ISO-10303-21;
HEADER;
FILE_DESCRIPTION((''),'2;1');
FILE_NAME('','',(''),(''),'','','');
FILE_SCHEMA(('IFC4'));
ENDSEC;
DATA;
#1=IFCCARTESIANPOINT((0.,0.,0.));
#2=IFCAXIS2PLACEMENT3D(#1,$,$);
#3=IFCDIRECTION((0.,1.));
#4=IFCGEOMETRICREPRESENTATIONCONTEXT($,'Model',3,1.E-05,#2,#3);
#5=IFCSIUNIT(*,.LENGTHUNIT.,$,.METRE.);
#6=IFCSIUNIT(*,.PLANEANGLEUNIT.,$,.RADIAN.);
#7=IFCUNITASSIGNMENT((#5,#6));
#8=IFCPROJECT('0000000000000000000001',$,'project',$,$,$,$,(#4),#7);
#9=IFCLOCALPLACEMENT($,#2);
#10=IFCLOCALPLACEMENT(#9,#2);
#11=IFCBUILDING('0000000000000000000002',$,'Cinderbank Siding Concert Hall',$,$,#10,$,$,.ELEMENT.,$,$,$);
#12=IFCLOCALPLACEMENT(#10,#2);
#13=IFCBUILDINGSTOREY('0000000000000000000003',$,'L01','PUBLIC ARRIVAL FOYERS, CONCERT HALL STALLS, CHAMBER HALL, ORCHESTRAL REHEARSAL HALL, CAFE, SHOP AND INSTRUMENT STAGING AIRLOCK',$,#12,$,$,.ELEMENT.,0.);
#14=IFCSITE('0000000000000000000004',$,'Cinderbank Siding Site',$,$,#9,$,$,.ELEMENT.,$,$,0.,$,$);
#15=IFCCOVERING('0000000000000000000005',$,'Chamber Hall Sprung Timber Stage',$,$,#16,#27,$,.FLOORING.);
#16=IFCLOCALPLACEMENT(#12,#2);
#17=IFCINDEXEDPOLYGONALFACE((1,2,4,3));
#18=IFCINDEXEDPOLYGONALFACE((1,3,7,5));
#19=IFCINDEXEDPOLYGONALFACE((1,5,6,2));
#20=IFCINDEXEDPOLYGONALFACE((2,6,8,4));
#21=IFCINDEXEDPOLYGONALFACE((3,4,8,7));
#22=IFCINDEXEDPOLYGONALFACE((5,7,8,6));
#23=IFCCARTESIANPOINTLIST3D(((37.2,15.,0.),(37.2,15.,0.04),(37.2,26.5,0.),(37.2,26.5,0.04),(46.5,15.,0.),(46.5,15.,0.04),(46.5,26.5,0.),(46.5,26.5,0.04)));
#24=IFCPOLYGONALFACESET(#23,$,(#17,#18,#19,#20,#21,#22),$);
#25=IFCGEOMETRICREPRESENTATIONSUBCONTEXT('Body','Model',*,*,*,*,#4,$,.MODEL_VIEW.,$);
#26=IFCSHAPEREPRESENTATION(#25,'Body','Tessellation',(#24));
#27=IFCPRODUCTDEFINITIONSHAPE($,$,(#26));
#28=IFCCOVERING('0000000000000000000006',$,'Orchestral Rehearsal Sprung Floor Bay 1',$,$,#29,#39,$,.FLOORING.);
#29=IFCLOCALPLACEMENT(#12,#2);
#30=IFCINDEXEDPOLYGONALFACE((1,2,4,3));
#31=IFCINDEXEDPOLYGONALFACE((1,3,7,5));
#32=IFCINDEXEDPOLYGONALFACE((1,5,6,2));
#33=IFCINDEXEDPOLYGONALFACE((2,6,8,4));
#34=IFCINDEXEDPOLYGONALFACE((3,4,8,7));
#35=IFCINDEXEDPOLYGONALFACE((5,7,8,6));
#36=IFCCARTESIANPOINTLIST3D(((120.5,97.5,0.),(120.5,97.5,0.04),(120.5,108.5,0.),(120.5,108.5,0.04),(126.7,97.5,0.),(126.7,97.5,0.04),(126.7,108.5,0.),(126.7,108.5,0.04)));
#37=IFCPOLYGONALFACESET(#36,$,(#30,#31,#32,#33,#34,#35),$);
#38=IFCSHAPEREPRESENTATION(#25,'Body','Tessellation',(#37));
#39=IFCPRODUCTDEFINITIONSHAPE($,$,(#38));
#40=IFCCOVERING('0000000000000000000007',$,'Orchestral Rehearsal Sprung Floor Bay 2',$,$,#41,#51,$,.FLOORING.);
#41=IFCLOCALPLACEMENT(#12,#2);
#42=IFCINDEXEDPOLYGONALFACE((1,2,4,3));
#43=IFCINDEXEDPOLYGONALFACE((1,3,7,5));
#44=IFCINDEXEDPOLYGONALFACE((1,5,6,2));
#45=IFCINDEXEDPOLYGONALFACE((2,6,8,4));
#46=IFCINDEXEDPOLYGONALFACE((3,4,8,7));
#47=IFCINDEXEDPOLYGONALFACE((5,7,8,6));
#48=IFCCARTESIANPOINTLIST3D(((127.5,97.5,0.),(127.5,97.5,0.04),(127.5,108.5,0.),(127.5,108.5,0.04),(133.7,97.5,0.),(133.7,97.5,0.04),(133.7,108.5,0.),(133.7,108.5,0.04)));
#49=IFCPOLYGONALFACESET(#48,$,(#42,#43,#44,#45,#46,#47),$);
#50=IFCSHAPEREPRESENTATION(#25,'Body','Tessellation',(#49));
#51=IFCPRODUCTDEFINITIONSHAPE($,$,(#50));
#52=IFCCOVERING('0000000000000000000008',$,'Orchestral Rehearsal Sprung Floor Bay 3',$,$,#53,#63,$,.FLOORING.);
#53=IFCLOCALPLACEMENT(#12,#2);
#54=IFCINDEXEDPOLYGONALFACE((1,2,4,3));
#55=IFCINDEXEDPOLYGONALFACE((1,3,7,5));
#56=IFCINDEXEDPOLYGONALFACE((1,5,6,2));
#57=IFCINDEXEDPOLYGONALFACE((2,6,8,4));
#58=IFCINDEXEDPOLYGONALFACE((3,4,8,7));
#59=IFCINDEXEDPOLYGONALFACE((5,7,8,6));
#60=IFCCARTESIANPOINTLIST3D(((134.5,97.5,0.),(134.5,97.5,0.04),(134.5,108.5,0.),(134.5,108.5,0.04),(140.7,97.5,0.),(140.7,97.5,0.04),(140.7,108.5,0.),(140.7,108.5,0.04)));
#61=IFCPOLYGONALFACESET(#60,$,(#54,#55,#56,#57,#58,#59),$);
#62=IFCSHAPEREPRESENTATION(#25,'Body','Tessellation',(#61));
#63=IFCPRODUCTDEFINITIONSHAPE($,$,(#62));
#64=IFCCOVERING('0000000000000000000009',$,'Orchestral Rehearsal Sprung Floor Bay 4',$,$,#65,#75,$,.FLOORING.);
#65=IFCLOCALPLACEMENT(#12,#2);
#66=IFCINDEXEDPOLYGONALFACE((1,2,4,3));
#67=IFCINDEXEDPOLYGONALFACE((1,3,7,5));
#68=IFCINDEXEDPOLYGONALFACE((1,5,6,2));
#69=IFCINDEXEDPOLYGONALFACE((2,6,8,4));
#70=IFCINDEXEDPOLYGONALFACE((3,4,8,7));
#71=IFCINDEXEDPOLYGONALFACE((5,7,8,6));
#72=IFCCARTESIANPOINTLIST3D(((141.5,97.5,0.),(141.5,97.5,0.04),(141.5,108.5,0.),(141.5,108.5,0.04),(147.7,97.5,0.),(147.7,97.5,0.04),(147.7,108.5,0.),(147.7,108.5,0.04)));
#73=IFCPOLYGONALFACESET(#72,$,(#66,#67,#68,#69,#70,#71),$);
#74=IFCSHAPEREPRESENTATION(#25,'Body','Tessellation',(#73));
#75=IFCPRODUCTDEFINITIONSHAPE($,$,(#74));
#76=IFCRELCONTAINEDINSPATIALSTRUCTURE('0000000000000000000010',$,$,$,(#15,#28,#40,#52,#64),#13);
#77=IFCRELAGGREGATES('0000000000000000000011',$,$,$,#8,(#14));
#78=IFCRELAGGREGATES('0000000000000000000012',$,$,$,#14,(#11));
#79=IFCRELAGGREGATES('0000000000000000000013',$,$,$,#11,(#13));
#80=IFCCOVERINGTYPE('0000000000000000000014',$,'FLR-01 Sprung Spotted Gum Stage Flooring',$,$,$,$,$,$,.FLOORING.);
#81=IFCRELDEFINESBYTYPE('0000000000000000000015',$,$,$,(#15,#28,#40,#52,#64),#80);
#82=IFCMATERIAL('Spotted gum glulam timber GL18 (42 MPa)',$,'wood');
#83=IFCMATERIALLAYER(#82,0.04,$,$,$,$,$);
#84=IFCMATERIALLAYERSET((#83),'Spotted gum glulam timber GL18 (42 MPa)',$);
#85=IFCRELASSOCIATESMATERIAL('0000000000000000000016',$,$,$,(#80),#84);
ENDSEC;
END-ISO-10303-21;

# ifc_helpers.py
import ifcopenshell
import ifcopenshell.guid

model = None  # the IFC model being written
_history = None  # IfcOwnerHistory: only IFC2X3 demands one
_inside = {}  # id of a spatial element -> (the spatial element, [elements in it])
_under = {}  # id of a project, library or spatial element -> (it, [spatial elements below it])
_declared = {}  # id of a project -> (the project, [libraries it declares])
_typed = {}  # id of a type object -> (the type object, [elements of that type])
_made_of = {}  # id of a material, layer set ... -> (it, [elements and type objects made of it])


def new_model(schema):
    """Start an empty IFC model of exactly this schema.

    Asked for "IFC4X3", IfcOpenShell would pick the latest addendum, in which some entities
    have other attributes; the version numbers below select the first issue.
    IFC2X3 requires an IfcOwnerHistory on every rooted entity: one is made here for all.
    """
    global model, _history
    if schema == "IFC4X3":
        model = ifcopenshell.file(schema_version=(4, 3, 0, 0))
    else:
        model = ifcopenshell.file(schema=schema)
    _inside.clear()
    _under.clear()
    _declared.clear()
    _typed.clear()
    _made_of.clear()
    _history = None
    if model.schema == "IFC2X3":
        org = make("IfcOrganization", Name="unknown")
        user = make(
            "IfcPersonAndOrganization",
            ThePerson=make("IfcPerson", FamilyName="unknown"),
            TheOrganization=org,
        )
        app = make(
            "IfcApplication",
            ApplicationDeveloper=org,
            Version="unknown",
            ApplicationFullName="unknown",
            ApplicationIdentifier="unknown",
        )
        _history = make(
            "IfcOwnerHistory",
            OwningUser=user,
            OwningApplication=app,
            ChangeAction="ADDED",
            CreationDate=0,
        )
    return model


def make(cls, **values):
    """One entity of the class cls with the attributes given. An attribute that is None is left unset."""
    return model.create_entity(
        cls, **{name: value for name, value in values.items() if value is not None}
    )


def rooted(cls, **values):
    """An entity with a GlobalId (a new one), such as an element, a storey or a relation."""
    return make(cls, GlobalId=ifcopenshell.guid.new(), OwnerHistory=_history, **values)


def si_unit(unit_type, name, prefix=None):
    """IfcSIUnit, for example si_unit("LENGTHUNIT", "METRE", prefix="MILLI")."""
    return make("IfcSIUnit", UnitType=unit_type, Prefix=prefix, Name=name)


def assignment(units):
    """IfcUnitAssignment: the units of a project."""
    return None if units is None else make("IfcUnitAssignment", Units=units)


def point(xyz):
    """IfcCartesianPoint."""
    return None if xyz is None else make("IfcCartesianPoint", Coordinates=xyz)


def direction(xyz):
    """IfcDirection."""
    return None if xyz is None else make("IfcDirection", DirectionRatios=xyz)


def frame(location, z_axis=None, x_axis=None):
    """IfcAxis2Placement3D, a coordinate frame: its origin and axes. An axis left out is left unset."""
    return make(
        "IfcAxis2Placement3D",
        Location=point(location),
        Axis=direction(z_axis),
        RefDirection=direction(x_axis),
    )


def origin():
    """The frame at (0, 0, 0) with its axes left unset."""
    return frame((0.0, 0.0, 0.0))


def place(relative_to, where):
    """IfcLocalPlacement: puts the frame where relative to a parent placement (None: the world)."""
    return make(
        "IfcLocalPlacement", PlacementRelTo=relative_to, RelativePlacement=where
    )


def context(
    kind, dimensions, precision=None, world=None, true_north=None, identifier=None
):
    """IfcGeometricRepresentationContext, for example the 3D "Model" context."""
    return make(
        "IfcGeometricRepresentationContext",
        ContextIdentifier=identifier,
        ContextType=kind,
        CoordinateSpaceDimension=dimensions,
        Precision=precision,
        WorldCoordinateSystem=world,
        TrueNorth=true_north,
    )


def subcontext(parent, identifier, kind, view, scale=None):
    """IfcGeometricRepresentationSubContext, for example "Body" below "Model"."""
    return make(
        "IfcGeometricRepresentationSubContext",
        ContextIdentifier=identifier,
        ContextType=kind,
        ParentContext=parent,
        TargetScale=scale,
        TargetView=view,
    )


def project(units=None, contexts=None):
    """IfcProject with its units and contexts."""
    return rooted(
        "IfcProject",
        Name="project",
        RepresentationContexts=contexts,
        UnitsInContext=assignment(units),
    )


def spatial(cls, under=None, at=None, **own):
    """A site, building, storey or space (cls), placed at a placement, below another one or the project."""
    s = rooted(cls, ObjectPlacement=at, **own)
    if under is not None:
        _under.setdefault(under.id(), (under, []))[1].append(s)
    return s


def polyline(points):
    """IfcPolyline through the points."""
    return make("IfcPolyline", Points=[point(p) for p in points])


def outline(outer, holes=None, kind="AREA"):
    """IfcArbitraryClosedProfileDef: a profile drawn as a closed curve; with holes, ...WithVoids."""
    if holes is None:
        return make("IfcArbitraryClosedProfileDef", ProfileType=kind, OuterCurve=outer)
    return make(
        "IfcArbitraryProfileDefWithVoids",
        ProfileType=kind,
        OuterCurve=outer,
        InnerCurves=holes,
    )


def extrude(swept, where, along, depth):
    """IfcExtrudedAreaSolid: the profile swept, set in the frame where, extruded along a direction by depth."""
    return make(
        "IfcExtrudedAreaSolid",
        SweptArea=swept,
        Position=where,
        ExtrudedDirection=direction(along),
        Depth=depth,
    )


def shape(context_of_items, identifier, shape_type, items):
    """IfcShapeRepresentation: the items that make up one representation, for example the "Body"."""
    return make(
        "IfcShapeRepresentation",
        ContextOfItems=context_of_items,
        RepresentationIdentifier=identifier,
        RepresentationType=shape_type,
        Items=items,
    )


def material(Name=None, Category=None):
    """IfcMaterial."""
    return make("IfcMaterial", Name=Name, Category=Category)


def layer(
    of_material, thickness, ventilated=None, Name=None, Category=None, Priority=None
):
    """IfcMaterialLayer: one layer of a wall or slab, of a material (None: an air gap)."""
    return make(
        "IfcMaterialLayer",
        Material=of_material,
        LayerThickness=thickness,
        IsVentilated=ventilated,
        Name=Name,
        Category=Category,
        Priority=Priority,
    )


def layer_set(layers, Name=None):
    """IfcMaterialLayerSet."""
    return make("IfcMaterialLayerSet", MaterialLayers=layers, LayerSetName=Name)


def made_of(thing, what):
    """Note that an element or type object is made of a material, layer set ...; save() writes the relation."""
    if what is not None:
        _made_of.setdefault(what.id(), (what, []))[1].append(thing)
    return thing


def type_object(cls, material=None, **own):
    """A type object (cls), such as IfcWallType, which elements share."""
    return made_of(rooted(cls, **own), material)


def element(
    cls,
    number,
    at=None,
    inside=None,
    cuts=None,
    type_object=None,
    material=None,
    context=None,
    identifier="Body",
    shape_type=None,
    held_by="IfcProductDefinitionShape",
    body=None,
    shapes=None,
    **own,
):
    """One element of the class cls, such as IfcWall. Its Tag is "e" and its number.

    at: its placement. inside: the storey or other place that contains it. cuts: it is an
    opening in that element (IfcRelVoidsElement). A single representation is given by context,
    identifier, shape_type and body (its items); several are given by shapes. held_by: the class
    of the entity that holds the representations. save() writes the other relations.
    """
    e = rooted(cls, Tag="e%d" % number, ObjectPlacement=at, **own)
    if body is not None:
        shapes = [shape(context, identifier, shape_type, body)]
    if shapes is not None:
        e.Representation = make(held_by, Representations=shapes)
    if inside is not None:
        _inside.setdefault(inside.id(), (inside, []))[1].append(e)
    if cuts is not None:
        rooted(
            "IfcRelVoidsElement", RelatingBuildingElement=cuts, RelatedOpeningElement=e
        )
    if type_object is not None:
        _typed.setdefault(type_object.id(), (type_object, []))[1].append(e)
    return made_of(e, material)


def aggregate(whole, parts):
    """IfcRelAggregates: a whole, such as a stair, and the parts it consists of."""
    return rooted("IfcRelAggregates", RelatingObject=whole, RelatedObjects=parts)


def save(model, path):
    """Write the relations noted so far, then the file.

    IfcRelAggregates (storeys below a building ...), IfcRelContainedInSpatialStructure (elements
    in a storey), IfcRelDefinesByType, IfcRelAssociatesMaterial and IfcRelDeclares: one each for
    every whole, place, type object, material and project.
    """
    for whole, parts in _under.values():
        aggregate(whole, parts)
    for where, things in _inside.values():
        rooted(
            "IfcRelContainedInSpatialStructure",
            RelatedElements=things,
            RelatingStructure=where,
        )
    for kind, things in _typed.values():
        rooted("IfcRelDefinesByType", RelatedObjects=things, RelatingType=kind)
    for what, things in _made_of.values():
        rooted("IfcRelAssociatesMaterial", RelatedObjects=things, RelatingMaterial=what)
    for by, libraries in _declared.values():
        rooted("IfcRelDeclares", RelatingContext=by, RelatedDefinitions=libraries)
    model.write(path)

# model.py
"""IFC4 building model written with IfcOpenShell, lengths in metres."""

from ifc_helpers import new_model, si_unit, direction, origin, place, context, subcontext, project, spatial, polyline, outline, extrude, material, layer, layer_set, type_object, element, save


model = new_model("IFC4")

# Units and contexts
model_context = context("Model", 3, precision=1e-05, world=origin(), true_north=direction((0.0, 1.0)))
body_context = subcontext(model_context, "Body", "Model", "MODEL_VIEW")
ifc_project = project(units=[si_unit("LENGTHUNIT", "METRE"), si_unit("PLANEANGLEUNIT", "RADIAN")], contexts=[model_context])

# Site, building, storey
site_placement = place(None, origin())
site = spatial("IfcSite", under=ifc_project, at=site_placement, Name="Cinderbank Siding Site", CompositionType="ELEMENT", RefElevation=0.0)
building_placement = place(site_placement, origin())
building = spatial("IfcBuilding", under=site, at=building_placement, Name="Cinderbank Siding Concert Hall", CompositionType="ELEMENT")
storey_placement = place(building_placement, origin())
storey = spatial("IfcBuildingStorey", under=building, at=storey_placement, Name="L01", Description="PUBLIC ARRIVAL FOYERS, CONCERT HALL STALLS, CHAMBER HALL, ORCHESTRAL REHEARSAL HALL, CAFE, SHOP AND INSTRUMENT STAGING AIRLOCK", CompositionType="ELEMENT", Elevation=0.0)

# Coverings
ifc_material_1 = material(Name="Spotted gum glulam timber GL18 (42 MPa)", Category="wood")
ifc_layer_1 = layer(ifc_material_1, 0.04)
ifc_layer_set_1 = layer_set([ifc_layer_1], Name="Spotted gum glulam timber GL18 (42 MPa)")
covering_type = type_object("IfcCoveringType", Name="FLR-01 Sprung Spotted Gum Stage Flooring", PredefinedType="FLOORING", material=ifc_layer_set_1)
covering_1_placement = place(storey_placement, origin())
element("IfcCovering", 1, at=covering_1_placement, inside=storey, type_object=covering_type, Name="Chamber Hall Sprung Timber Stage", PredefinedType="FLOORING", context=body_context, shape_type="SweptSolid", body=[
    extrude(outline(polyline([(37.2, 15.0), (46.5, 15.0), (46.5, 26.5), (37.2, 26.5), (37.2, 15.0)])), origin(), (0.0, 0.0, 1.0), 0.04),
])
covering_2_placement = place(storey_placement, origin())
element("IfcCovering", 2, at=covering_2_placement, inside=storey, type_object=covering_type, Name="Orchestral Rehearsal Sprung Floor Bay 1", PredefinedType="FLOORING", context=body_context, shape_type="SweptSolid", body=[
    extrude(outline(polyline([(120.5, 97.5), (126.7, 97.5), (126.7, 108.5), (120.5, 108.5), (120.5, 97.5)])), origin(), (0.0, 0.0, 1.0), 0.04),
])
covering_3_placement = place(storey_placement, origin())
element("IfcCovering", 3, at=covering_3_placement, inside=storey, type_object=covering_type, Name="Orchestral Rehearsal Sprung Floor Bay 2", PredefinedType="FLOORING", context=body_context, shape_type="SweptSolid", body=[
    extrude(outline(polyline([(127.5, 97.5), (133.7, 97.5), (133.7, 108.5), (127.5, 108.5), (127.5, 97.5)])), origin(), (0.0, 0.0, 1.0), 0.04),
])
covering_4_placement = place(storey_placement, origin())
element("IfcCovering", 4, at=covering_4_placement, inside=storey, type_object=covering_type, Name="Orchestral Rehearsal Sprung Floor Bay 3", PredefinedType="FLOORING", context=body_context, shape_type="SweptSolid", body=[
    extrude(outline(polyline([(134.5, 97.5), (140.7, 97.5), (140.7, 108.5), (134.5, 108.5), (134.5, 97.5)])), origin(), (0.0, 0.0, 1.0), 0.04),
])
covering_5_placement = place(storey_placement, origin())
element("IfcCovering", 5, at=covering_5_placement, inside=storey, type_object=covering_type, Name="Orchestral Rehearsal Sprung Floor Bay 4", PredefinedType="FLOORING", context=body_context, shape_type="SweptSolid", body=[
    extrude(outline(polyline([(141.5, 97.5), (147.7, 97.5), (147.7, 108.5), (141.5, 108.5), (141.5, 97.5)])), origin(), (0.0, 0.0, 1.0), 0.04),
])

save(model, "model.ifc")
